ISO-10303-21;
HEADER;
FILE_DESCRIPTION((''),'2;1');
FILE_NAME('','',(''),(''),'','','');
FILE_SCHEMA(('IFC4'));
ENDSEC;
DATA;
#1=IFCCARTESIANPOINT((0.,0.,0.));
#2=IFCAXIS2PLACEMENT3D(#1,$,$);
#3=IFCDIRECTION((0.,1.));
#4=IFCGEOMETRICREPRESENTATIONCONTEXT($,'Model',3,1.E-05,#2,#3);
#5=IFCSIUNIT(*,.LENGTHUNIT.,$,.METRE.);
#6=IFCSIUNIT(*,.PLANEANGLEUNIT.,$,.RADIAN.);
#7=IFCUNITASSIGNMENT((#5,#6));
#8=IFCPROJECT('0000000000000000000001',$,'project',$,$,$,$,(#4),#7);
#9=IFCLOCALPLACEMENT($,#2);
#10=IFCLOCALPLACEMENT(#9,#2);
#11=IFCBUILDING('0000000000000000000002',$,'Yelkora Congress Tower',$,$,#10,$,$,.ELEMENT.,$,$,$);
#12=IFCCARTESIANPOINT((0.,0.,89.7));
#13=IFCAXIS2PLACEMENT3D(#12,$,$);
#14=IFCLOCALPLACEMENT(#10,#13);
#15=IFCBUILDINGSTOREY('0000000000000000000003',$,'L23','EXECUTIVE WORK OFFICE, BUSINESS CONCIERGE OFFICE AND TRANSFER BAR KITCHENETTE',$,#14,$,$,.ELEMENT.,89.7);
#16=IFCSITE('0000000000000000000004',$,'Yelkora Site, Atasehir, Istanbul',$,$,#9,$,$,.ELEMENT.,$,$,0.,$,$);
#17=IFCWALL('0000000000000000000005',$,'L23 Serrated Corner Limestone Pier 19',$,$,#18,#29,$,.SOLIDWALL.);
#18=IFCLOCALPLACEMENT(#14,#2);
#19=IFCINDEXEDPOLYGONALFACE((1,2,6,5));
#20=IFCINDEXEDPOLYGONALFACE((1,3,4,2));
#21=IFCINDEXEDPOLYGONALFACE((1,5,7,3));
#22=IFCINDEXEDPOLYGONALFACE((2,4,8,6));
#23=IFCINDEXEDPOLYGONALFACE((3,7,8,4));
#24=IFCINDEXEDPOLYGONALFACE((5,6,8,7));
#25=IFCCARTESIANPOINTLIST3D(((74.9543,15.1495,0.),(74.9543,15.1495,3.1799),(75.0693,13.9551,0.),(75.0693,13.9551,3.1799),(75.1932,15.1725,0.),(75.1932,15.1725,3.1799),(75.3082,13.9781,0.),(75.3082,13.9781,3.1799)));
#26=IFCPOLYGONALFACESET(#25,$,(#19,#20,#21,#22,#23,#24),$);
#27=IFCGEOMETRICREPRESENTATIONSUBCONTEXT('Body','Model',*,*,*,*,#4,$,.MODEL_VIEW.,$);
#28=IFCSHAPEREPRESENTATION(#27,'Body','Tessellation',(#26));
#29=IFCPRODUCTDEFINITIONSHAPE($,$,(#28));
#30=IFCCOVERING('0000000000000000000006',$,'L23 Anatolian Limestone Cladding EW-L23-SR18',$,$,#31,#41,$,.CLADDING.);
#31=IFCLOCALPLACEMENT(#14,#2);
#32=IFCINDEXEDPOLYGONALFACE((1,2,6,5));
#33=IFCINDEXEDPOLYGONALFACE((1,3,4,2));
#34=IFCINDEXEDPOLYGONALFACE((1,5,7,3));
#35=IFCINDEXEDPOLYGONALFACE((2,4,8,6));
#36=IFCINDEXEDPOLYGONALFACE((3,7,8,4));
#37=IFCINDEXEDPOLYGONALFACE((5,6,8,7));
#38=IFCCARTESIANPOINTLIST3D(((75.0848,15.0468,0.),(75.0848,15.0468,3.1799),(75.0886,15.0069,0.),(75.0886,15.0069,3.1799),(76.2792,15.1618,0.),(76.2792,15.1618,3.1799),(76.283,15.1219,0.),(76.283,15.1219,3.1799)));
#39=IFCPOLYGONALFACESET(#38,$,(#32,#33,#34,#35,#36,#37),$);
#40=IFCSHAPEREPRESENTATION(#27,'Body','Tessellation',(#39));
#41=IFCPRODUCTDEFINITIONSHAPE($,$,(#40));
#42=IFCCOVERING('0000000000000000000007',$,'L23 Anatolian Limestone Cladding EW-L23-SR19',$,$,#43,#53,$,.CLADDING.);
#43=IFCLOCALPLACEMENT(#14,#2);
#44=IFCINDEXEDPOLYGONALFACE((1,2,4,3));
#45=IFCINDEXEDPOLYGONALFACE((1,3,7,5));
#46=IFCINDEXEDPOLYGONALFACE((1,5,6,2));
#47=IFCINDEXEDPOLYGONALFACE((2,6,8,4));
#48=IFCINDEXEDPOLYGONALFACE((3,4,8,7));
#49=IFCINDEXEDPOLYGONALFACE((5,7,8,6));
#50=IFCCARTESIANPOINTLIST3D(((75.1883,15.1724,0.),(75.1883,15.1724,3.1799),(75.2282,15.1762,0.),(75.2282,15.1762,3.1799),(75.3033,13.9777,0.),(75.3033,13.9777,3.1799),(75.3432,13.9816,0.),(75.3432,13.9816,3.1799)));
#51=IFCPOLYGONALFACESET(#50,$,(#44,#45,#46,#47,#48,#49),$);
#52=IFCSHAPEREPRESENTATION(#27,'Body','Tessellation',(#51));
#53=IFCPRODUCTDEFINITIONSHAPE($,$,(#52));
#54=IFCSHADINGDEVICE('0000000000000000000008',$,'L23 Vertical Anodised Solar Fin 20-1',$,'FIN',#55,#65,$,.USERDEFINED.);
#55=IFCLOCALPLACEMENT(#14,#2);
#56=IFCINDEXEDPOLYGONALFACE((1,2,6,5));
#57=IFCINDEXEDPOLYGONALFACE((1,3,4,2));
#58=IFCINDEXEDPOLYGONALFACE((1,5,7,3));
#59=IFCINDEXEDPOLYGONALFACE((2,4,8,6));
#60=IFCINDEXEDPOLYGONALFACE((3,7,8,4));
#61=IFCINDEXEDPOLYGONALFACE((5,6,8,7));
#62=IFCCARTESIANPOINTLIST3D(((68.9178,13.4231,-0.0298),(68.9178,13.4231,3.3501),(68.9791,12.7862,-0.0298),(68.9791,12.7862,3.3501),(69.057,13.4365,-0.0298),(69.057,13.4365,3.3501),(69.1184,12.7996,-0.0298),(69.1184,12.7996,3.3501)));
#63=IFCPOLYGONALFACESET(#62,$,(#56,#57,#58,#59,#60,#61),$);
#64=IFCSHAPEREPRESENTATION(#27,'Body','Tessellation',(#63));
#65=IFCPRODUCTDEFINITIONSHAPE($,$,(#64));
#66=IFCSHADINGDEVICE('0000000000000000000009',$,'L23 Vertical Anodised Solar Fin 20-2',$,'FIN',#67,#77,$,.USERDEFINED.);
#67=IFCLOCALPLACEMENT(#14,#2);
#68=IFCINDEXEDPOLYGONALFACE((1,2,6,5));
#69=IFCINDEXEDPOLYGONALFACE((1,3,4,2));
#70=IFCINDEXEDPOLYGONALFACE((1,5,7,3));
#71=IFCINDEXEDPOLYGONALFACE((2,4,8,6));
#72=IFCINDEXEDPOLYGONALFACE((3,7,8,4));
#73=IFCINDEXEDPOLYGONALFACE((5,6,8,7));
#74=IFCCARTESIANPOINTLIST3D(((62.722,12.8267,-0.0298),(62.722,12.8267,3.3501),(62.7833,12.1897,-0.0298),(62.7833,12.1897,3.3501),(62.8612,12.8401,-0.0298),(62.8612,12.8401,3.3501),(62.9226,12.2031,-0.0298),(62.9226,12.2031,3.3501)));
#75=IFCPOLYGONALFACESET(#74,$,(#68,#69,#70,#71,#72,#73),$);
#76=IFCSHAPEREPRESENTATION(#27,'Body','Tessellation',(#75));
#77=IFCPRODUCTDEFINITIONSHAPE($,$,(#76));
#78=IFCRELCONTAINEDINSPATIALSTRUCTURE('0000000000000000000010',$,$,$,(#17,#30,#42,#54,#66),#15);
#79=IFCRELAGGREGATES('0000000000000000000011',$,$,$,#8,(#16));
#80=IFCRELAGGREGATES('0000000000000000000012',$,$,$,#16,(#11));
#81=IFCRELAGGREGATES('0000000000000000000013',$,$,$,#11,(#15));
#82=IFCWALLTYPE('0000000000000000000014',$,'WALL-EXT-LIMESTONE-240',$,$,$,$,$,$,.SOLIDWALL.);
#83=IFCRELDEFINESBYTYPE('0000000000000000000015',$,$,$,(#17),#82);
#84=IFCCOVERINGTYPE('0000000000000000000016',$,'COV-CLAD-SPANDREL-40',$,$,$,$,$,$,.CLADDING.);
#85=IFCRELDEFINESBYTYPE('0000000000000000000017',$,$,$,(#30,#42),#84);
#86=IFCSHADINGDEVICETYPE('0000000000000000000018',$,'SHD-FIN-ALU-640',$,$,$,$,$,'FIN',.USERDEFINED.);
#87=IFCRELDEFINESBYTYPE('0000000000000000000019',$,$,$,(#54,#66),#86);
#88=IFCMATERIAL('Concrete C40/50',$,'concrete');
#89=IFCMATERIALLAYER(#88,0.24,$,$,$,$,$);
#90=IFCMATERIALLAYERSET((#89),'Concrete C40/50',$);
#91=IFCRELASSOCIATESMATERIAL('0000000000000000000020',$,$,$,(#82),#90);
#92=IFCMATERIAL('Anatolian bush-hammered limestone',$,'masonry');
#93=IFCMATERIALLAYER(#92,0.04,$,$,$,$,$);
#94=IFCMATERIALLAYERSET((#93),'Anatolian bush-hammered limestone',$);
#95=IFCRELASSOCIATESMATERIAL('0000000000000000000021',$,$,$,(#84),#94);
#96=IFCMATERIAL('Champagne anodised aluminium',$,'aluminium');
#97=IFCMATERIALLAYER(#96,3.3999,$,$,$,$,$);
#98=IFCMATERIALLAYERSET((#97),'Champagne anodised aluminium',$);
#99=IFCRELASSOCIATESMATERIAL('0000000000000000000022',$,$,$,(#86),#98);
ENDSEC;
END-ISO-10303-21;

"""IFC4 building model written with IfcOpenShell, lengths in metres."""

from ifc_helpers import new_model, si_unit, direction, frame, frame_2d, origin, origin_2d, place, context, subcontext, project, spatial, rectangle, extrude, material, layer, layer_set, type_object, element, save


model = new_model("IFC4")

# Units and contexts
model_context = context("Model", 3, precision=1e-05, world=origin(), true_north=direction((0.0, 1.0)))
body_context = subcontext(model_context, "Body", "Model", "MODEL_VIEW")
ifc_project = project(units=[si_unit("LENGTHUNIT", "METRE"), si_unit("PLANEANGLEUNIT", "RADIAN")], contexts=[model_context])

# Site, building, storey
site_placement = place(None, origin())
site = spatial("IfcSite", under=ifc_project, at=site_placement, Name="Yelkora Site, Atasehir, Istanbul", CompositionType="ELEMENT", RefElevation=0.0)
building_placement = place(site_placement, origin())
building = spatial("IfcBuilding", under=site, at=building_placement, Name="Yelkora Congress Tower", CompositionType="ELEMENT")
storey_placement = place(building_placement, frame((0.0, 0.0, 89.7)))
storey = spatial("IfcBuildingStorey", under=building, at=storey_placement, Name="L23", Description="EXECUTIVE WORK OFFICE, BUSINESS CONCIERGE OFFICE AND TRANSFER BAR KITCHENETTE", CompositionType="ELEMENT", Elevation=89.7)

# Wall
ifc_material_1 = material(Name="Concrete C40/50", Category="concrete")
ifc_layer_1 = layer(ifc_material_1, 0.24)
ifc_layer_set_1 = layer_set([ifc_layer_1], Name="Concrete C40/50")
wall_type = type_object("IfcWallType", Name="WALL-EXT-LIMESTONE-240", PredefinedType="SOLIDWALL", material=ifc_layer_set_1)
wall_1_placement = place(storey_placement, frame((75.0737, 15.1611, 0.0), z_axis=(0.0, 0.0, 1.0), x_axis=(0.095836, -0.995397, 0.0)))
element("IfcWall", 1, at=wall_1_placement, inside=storey, type_object=wall_type, Name="L23 Serrated Corner Limestone Pier 19", PredefinedType="SOLIDWALL", context=body_context, shape_type="SweptSolid", body=[
    extrude(rectangle(XDim=1.2, YDim=0.24, at=frame_2d((0.6001, 0.0))), origin(), (0.0, 0.0, 1.0), 3.1799),
])

# Coverings
ifc_material_2 = material(Name="Anatolian bush-hammered limestone", Category="masonry")
ifc_layer_2 = layer(ifc_material_2, 0.04)
ifc_layer_set_2 = layer_set([ifc_layer_2], Name="Anatolian bush-hammered limestone")
covering_type = type_object("IfcCoveringType", Name="COV-CLAD-SPANDREL-40", PredefinedType="CLADDING", material=ifc_layer_set_2)
covering_1_placement = place(storey_placement, frame((76.2812, 15.1418, 0.0), z_axis=(0.0, 0.0, 1.0), x_axis=(-0.995397, -0.095836, 0.0)))
element("IfcCovering", 2, at=covering_1_placement, inside=storey, type_object=covering_type, Name="L23 Anatolian Limestone Cladding EW-L23-SR18", PredefinedType="CLADDING", context=body_context, shape_type="SweptSolid", body=[
    extrude(rectangle(XDim=1.2, YDim=0.04, at=frame_2d((0.6001, 0.0))), origin(), (0.0, 0.0, 1.0), 3.1799),
])
covering_2_placement = place(storey_placement, frame((75.2083, 15.1743, 0.0), z_axis=(0.0, 0.0, 1.0), x_axis=(0.095817, -0.995399, 0.0)))
element("IfcCovering", 3, at=covering_2_placement, inside=storey, type_object=covering_type, Name="L23 Anatolian Limestone Cladding EW-L23-SR19", PredefinedType="CLADDING", context=body_context, shape_type="SweptSolid", body=[
    extrude(rectangle(XDim=1.2002, YDim=0.04, at=frame_2d((0.6001, 0.0))), origin(), (0.0, 0.0, 1.0), 3.1799),
])

# Shading devices
ifc_material_3 = material(Name="Champagne anodised aluminium", Category="aluminium")
ifc_layer_3 = layer(ifc_material_3, 3.3999)
ifc_layer_set_3 = layer_set([ifc_layer_3], Name="Champagne anodised aluminium")
shading_device_type = type_object("IfcShadingDeviceType", Name="SHD-FIN-ALU-640", ElementType="FIN", PredefinedType="USERDEFINED", material=ifc_layer_set_3)
for number, where, z_axis, x_axis, name in (
    (4, (69.0181, 13.1113, -0.0298), (0.0, 0.0, 1.0), (-0.995396, -0.095846, 0.0), "L23 Vertical Anodised Solar Fin 20-1"),
    (5, (62.8223, 12.5149, -0.0298), (0.0, 0.0, 1.0), (-0.995396, -0.095846, 0.0), "L23 Vertical Anodised Solar Fin 20-2"),
):
    element("IfcShadingDevice", number, at=place(storey_placement, frame(where, z_axis=z_axis, x_axis=x_axis)), inside=storey, type_object=shading_device_type, Name=name, ObjectType="FIN", PredefinedType="USERDEFINED", context=body_context, shape_type="SweptSolid", body=[
        extrude(rectangle(XDim=0.1399, YDim=0.6399, at=origin_2d()), origin(), (0.0, 0.0, 1.0), 3.3799),
    ])

save(model, "model.ifc")
